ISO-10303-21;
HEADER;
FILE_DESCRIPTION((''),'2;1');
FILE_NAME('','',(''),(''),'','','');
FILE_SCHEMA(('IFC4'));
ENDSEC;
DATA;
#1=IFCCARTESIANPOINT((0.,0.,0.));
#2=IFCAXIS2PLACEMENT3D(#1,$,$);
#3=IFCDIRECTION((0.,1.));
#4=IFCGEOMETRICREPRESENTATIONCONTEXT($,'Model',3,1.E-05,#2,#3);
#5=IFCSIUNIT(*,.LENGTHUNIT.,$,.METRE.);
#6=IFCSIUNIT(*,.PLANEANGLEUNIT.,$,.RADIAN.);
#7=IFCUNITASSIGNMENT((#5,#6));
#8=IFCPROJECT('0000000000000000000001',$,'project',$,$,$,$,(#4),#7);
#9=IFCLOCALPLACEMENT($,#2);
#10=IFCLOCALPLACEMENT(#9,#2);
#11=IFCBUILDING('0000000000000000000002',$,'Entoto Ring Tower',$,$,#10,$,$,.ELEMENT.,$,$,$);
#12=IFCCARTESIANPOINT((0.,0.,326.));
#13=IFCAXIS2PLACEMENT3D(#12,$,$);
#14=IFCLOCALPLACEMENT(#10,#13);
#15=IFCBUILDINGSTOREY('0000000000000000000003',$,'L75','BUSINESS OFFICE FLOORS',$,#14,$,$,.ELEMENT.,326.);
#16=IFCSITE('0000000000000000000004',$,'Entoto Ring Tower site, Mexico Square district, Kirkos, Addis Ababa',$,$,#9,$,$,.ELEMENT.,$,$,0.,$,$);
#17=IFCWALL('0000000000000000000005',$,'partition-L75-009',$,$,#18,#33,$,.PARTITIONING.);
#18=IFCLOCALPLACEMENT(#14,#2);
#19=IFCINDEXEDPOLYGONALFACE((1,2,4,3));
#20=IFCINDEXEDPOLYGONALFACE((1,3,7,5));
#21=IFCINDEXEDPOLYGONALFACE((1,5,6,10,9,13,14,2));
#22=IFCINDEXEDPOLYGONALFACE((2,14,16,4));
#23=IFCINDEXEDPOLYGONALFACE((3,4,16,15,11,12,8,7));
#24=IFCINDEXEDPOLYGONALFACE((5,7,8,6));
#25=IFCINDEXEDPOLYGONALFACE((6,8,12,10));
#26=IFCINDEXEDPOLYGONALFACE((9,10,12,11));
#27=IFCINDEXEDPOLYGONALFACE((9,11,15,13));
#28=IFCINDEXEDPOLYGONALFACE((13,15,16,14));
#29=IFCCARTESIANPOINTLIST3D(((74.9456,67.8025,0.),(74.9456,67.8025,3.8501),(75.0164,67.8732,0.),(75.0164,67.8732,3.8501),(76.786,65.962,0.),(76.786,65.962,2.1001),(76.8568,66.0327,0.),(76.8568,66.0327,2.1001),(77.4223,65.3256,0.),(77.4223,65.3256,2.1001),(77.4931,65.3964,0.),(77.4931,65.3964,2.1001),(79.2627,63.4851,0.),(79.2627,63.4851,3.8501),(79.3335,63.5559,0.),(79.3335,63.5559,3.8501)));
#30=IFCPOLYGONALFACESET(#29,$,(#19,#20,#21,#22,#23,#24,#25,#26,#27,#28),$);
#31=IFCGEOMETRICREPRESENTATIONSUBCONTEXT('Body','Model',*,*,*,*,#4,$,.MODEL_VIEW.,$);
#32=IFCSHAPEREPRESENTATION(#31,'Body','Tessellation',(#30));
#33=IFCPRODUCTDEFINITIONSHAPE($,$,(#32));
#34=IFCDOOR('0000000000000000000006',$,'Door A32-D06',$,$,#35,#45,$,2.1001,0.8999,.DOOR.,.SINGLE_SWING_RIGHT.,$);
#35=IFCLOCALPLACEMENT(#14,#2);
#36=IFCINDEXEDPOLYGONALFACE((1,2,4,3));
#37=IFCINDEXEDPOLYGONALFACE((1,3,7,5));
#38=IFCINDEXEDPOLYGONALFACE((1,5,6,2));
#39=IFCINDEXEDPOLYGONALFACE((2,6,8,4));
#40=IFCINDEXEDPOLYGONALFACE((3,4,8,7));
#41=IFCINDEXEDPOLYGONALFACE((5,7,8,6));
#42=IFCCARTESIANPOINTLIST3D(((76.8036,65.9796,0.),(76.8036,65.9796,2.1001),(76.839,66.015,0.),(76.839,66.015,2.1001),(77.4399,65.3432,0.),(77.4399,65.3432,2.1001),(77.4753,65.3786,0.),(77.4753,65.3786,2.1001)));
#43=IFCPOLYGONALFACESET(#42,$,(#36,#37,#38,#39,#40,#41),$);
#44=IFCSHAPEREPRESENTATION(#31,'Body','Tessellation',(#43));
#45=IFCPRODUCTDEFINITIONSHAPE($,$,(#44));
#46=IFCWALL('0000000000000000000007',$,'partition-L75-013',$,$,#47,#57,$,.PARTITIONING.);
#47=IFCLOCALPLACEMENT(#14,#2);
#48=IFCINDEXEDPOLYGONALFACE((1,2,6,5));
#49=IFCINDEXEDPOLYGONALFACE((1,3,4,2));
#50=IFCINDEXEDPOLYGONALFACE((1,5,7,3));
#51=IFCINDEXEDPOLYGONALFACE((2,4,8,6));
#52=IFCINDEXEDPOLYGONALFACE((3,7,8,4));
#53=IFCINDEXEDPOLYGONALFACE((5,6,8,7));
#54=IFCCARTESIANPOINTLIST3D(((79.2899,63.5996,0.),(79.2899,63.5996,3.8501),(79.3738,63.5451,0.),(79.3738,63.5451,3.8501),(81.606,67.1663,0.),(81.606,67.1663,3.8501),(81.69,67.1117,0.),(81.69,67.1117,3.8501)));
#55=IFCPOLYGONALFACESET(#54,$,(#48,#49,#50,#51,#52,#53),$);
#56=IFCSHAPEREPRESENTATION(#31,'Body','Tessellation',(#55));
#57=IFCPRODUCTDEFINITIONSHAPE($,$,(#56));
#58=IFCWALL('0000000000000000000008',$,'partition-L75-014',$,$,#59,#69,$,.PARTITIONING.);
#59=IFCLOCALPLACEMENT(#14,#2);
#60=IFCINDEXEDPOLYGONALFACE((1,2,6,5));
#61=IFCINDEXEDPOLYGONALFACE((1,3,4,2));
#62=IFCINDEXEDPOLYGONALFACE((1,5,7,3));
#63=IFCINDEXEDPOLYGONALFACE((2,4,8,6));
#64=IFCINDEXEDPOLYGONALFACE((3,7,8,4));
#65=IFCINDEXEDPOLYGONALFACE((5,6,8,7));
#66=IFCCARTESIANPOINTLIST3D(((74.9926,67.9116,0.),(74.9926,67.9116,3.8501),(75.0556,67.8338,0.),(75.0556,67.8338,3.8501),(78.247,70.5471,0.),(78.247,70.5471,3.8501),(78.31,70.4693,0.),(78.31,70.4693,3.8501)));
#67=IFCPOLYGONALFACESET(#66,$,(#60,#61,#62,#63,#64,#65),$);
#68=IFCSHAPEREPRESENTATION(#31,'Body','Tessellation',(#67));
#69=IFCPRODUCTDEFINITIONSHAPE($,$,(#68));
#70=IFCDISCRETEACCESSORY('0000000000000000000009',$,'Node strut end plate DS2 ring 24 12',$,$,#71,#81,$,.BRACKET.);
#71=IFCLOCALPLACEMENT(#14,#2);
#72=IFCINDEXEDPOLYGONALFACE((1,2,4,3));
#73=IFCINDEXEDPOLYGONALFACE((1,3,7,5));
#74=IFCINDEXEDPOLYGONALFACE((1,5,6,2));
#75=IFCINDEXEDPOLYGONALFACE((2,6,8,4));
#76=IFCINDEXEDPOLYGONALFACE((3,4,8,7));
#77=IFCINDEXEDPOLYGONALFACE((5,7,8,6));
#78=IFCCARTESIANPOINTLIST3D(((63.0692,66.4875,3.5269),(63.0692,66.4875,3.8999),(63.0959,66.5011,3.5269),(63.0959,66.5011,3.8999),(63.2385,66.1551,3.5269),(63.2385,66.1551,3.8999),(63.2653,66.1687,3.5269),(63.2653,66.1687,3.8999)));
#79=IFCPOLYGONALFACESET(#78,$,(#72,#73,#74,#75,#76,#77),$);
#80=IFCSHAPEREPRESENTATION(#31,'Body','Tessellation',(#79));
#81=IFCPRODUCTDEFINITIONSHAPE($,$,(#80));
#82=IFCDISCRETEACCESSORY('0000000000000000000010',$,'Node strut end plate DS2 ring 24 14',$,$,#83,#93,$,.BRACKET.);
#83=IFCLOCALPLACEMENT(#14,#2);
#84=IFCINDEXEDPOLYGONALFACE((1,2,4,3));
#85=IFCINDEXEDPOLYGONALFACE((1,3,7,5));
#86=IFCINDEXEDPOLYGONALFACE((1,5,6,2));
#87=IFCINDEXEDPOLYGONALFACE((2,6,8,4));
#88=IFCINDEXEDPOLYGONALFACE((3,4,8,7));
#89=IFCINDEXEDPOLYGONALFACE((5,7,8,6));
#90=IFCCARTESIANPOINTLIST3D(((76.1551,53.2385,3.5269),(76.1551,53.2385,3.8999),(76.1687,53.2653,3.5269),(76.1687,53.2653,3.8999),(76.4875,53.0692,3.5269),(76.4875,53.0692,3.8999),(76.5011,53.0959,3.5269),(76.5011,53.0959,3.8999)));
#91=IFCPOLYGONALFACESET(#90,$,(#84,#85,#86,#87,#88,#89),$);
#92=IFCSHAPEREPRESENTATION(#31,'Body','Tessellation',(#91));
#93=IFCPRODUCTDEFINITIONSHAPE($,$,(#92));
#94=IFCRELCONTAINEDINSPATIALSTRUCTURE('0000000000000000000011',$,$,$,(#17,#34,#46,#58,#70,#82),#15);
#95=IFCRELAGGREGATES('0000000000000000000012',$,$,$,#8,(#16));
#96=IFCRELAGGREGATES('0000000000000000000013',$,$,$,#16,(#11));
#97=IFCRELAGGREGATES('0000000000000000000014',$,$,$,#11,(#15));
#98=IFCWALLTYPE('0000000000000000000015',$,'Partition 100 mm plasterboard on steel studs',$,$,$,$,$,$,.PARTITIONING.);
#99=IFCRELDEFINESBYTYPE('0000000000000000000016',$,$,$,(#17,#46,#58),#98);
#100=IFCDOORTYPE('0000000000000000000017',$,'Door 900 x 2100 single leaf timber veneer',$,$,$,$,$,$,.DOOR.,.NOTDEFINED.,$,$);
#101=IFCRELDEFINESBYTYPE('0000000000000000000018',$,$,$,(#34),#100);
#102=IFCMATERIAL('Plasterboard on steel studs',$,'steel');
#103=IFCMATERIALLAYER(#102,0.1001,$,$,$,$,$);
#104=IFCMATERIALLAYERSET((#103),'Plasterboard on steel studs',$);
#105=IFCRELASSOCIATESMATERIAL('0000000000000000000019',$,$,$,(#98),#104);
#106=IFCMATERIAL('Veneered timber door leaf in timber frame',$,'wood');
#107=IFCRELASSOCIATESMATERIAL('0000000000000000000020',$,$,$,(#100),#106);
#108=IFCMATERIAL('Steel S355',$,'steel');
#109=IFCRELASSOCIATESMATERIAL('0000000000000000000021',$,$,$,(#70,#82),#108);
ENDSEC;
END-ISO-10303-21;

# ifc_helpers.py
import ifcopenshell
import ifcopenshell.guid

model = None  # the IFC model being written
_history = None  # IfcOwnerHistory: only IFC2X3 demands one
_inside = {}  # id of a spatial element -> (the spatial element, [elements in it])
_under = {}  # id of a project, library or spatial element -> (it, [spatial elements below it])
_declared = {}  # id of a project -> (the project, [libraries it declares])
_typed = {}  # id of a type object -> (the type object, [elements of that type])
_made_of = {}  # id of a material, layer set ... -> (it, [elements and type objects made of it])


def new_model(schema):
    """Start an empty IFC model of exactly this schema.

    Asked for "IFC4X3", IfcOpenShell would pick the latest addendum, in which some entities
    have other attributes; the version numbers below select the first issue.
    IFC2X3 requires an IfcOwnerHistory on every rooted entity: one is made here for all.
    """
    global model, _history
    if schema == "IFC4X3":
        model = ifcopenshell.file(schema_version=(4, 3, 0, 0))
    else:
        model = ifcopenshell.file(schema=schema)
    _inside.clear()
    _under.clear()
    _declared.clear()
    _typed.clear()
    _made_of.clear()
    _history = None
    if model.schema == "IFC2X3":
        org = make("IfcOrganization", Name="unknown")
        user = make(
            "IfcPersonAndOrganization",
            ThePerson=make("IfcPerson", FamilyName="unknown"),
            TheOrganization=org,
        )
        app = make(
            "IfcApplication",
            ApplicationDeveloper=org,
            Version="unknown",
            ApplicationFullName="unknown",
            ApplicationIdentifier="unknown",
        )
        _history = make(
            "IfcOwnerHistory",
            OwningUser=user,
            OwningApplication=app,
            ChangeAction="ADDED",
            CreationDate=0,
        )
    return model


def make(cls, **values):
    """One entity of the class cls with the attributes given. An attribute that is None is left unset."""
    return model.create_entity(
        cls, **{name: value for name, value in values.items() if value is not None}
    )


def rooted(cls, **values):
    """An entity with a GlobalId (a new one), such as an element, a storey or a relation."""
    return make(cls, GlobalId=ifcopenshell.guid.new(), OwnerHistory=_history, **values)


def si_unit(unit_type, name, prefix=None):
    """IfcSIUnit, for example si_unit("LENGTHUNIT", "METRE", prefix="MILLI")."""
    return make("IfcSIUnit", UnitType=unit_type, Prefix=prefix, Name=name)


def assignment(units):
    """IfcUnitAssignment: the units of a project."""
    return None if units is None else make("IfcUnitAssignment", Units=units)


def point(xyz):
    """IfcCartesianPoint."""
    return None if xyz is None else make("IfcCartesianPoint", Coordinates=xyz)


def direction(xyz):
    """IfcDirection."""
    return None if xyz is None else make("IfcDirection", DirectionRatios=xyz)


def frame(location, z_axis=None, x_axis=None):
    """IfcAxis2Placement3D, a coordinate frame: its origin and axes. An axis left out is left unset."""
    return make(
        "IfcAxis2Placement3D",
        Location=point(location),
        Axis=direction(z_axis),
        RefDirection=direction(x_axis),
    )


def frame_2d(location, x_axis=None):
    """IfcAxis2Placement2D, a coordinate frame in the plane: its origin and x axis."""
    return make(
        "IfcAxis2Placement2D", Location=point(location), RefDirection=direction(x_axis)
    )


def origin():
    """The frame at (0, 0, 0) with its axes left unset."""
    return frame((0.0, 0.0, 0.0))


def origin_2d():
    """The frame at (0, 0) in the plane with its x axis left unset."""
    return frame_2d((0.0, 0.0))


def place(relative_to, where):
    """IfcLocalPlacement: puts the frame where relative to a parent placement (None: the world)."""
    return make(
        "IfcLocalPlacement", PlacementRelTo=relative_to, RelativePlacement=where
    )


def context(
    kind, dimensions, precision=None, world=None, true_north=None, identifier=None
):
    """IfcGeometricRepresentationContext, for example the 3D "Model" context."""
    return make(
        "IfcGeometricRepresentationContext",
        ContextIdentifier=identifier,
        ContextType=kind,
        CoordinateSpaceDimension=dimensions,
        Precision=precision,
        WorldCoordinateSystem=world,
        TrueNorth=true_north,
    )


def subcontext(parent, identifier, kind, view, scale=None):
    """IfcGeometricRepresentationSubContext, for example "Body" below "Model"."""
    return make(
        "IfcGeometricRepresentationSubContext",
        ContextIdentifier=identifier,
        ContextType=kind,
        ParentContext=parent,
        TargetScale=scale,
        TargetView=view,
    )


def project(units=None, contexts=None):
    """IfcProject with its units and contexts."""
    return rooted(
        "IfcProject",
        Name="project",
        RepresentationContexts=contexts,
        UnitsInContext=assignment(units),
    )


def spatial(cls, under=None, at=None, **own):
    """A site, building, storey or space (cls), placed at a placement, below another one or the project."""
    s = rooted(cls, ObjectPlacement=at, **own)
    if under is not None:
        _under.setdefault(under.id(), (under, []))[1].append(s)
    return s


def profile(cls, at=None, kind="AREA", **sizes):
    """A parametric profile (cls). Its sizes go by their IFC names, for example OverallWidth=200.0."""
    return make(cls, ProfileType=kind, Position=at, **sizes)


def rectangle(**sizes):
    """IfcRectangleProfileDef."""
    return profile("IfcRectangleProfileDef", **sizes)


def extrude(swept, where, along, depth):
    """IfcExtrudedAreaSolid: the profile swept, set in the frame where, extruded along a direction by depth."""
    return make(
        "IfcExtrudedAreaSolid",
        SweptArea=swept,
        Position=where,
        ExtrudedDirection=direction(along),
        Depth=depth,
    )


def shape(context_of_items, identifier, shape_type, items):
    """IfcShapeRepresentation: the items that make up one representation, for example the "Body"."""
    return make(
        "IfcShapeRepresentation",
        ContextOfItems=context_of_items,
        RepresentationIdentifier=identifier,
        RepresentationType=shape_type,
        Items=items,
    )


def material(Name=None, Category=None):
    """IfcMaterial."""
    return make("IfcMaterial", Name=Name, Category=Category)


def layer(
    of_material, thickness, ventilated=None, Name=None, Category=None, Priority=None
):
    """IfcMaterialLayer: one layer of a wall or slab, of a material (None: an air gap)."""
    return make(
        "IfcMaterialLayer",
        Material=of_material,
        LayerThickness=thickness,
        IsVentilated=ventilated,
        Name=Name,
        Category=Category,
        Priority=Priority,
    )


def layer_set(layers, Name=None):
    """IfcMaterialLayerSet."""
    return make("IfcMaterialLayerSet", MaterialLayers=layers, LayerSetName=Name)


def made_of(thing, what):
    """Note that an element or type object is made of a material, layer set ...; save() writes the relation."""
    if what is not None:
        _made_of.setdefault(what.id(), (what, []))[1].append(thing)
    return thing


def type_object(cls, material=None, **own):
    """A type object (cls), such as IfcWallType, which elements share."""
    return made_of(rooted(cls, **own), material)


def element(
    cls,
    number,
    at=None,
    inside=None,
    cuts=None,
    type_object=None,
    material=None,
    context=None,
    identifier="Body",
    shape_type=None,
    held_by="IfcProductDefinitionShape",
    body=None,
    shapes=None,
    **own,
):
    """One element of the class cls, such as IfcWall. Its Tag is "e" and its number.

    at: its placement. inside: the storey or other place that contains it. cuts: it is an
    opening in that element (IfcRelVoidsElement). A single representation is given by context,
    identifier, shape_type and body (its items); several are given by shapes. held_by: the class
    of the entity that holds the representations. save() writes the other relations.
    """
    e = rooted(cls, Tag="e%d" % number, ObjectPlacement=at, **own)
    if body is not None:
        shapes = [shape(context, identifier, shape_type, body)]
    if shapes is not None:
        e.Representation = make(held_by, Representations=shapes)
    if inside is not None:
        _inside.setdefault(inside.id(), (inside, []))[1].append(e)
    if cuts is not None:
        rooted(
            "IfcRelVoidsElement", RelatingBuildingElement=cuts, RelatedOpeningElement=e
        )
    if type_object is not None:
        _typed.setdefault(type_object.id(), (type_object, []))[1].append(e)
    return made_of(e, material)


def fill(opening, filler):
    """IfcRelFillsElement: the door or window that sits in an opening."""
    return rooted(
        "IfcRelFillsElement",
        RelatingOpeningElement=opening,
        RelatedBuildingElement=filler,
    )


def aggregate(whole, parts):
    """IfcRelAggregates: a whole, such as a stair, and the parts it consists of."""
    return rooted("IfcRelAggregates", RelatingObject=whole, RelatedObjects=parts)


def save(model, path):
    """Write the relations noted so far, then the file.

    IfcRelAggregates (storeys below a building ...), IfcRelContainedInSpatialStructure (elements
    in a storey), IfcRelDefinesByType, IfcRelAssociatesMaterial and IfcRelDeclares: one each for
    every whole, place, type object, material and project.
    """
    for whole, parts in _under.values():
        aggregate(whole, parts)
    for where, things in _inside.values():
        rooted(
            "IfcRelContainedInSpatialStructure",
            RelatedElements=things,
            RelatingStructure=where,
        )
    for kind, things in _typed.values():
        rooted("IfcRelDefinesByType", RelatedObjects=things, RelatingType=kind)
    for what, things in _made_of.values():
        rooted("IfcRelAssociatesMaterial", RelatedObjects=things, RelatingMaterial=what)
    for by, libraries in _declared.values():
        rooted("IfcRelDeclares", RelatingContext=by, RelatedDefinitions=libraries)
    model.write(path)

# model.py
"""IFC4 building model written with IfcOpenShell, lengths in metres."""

from ifc_helpers import new_model, si_unit, direction, frame, frame_2d, origin, origin_2d, place, context, subcontext, project, spatial, rectangle, extrude, material, layer, layer_set, type_object, element, fill, save


model = new_model("IFC4")

# Units and contexts
model_context = context("Model", 3, precision=1e-05, world=origin(), true_north=direction((0.0, 1.0)))
body_context = subcontext(model_context, "Body", "Model", "MODEL_VIEW")
ifc_project = project(units=[si_unit("LENGTHUNIT", "METRE"), si_unit("PLANEANGLEUNIT", "RADIAN")], contexts=[model_context])

# Site, building, storey
site_placement = place(None, origin())
site = spatial("IfcSite", under=ifc_project, at=site_placement, Name="Entoto Ring Tower site, Mexico Square district, Kirkos, Addis Ababa", CompositionType="ELEMENT", RefElevation=0.0)
building_placement = place(site_placement, origin())
building = spatial("IfcBuilding", under=site, at=building_placement, Name="Entoto Ring Tower", CompositionType="ELEMENT")
storey_placement = place(building_placement, frame((0.0, 0.0, 326.0)))
storey = spatial("IfcBuildingStorey", under=building, at=storey_placement, Name="L75", Description="BUSINESS OFFICE FLOORS", CompositionType="ELEMENT", Elevation=326.0)

# Wall, opening, door
ifc_material_1 = material(Name="Plasterboard on steel studs", Category="steel")
ifc_layer_1 = layer(ifc_material_1, 0.1001)
ifc_layer_set_1 = layer_set([ifc_layer_1], Name="Plasterboard on steel studs")
wall_type_1 = type_object("IfcWallType", Name="Partition 100 mm plasterboard on steel studs", PredefinedType="PARTITIONING", material=ifc_layer_set_1)
wall_1_placement = place(storey_placement, frame((79.2981, 63.5205, 0.0), z_axis=(0.0, 0.0, 1.0), x_axis=(-0.707087, 0.707127, 0.0)))
wall_1 = element("IfcWall", 1, at=wall_1_placement, inside=storey, type_object=wall_type_1, Name="partition-L75-009", PredefinedType="PARTITIONING", context=body_context, shape_type="SweptSolid", body=[
    extrude(rectangle(XDim=6.1055, YDim=0.1001, at=frame_2d((3.0527, 0.0))), origin(), (0.0, 0.0, 1.0), 3.8501),
])
opening_1_placement = place(wall_1_placement, frame((2.6028, 0.0, 0.0)))
opening_1 = element("IfcOpeningElement", 2, at=opening_1_placement, cuts=wall_1, PredefinedType="OPENING", context=body_context, shape_type="SweptSolid", body=[
    extrude(rectangle(XDim=0.8999, YDim=2.1001, at=frame_2d((0.45, 1.05))), frame((0.0, 0.0601, 0.0), z_axis=(0.0, -1.0, 0.0), x_axis=(1.0, 0.0, 0.0)), (0.0, 0.0, 1.0), 0.1201),
])
ifc_material_2 = material(Name="Veneered timber door leaf in timber frame", Category="wood")
door_type_1 = type_object("IfcDoorType", Name="Door 900 x 2100 single leaf timber veneer", OperationType="NOTDEFINED", PredefinedType="DOOR", material=ifc_material_2)
door_1_placement = place(opening_1_placement, frame((0.8999, 0.0, 0.0), z_axis=(0.0, 0.0, 1.0), x_axis=(-1.0, 0.0, 0.0)))
door_1 = element("IfcDoor", 3, at=door_1_placement, inside=storey, type_object=door_type_1, Name="Door A32-D06", OperationType="SINGLE_SWING_RIGHT", OverallHeight=2.1001, OverallWidth=0.8999, PredefinedType="DOOR", context=body_context, shape_type="SweptSolid", body=[
    extrude(rectangle(XDim=0.8999, YDim=2.1001, at=frame_2d((0.45, 1.05))), frame((0.0, 0.0249, 0.0), z_axis=(0.0, -1.0, 0.0), x_axis=(1.0, 0.0, 0.0)), (0.0, 0.0, 1.0), 0.05),
])
fill(opening_1, door_1)

# Walls
wall_2_placement = place(storey_placement, frame((79.3318, 63.5723, 0.0), z_axis=(0.0, 0.0, 1.0), x_axis=(0.544631, 0.838676, 0.0)))
element("IfcWall", 4, at=wall_2_placement, inside=storey, type_object=wall_type_1, Name="partition-L75-013", PredefinedType="PARTITIONING", context=body_context, shape_type="SweptSolid", body=[
    extrude(rectangle(XDim=4.2527, YDim=0.1001, at=frame_2d((2.1265, 0.0))), origin(), (0.0, 0.0, 1.0), 3.8501),
])
wall_3_placement = place(storey_placement, frame((75.0242, 67.8728, 0.0), z_axis=(0.0, 0.0, 1.0), x_axis=(0.777129, 0.629341, 0.0)))
element("IfcWall", 5, at=wall_3_placement, inside=storey, type_object=wall_type_1, Name="partition-L75-014", PredefinedType="PARTITIONING", context=body_context, shape_type="SweptSolid", body=[
    extrude(rectangle(XDim=4.1877, YDim=0.1001, at=frame_2d((2.0938, 0.0))), origin(), (0.0, 0.0, 1.0), 3.8501),
])

# Discrete accessories
ifc_material_3 = material(Name="Steel S355", Category="steel")
for number, where, z_axis, x_axis, name in (
    (6, (63.1672, 66.3281, 3.5269), (0.0, 0.0, 1.0), (-0.891007, -0.45399, 0.0), "Node strut end plate DS2 ring 24 12"),
    (7, (76.3281, 53.1672, 3.5269), (0.0, 0.0, 1.0), (-0.45399, -0.891007, 0.0), "Node strut end plate DS2 ring 24 14"),
):
    element("IfcDiscreteAccessory", number, at=place(storey_placement, frame(where, z_axis=z_axis, x_axis=x_axis)), inside=storey, material=ifc_material_3, Name=name, PredefinedType="BRACKET", context=body_context, shape_type="SweptSolid", body=[
        extrude(rectangle(XDim=0.03, YDim=0.373, at=origin_2d()), origin(), (0.0, 0.0, 1.0), 0.373),
    ])

save(model, "model.ifc")
